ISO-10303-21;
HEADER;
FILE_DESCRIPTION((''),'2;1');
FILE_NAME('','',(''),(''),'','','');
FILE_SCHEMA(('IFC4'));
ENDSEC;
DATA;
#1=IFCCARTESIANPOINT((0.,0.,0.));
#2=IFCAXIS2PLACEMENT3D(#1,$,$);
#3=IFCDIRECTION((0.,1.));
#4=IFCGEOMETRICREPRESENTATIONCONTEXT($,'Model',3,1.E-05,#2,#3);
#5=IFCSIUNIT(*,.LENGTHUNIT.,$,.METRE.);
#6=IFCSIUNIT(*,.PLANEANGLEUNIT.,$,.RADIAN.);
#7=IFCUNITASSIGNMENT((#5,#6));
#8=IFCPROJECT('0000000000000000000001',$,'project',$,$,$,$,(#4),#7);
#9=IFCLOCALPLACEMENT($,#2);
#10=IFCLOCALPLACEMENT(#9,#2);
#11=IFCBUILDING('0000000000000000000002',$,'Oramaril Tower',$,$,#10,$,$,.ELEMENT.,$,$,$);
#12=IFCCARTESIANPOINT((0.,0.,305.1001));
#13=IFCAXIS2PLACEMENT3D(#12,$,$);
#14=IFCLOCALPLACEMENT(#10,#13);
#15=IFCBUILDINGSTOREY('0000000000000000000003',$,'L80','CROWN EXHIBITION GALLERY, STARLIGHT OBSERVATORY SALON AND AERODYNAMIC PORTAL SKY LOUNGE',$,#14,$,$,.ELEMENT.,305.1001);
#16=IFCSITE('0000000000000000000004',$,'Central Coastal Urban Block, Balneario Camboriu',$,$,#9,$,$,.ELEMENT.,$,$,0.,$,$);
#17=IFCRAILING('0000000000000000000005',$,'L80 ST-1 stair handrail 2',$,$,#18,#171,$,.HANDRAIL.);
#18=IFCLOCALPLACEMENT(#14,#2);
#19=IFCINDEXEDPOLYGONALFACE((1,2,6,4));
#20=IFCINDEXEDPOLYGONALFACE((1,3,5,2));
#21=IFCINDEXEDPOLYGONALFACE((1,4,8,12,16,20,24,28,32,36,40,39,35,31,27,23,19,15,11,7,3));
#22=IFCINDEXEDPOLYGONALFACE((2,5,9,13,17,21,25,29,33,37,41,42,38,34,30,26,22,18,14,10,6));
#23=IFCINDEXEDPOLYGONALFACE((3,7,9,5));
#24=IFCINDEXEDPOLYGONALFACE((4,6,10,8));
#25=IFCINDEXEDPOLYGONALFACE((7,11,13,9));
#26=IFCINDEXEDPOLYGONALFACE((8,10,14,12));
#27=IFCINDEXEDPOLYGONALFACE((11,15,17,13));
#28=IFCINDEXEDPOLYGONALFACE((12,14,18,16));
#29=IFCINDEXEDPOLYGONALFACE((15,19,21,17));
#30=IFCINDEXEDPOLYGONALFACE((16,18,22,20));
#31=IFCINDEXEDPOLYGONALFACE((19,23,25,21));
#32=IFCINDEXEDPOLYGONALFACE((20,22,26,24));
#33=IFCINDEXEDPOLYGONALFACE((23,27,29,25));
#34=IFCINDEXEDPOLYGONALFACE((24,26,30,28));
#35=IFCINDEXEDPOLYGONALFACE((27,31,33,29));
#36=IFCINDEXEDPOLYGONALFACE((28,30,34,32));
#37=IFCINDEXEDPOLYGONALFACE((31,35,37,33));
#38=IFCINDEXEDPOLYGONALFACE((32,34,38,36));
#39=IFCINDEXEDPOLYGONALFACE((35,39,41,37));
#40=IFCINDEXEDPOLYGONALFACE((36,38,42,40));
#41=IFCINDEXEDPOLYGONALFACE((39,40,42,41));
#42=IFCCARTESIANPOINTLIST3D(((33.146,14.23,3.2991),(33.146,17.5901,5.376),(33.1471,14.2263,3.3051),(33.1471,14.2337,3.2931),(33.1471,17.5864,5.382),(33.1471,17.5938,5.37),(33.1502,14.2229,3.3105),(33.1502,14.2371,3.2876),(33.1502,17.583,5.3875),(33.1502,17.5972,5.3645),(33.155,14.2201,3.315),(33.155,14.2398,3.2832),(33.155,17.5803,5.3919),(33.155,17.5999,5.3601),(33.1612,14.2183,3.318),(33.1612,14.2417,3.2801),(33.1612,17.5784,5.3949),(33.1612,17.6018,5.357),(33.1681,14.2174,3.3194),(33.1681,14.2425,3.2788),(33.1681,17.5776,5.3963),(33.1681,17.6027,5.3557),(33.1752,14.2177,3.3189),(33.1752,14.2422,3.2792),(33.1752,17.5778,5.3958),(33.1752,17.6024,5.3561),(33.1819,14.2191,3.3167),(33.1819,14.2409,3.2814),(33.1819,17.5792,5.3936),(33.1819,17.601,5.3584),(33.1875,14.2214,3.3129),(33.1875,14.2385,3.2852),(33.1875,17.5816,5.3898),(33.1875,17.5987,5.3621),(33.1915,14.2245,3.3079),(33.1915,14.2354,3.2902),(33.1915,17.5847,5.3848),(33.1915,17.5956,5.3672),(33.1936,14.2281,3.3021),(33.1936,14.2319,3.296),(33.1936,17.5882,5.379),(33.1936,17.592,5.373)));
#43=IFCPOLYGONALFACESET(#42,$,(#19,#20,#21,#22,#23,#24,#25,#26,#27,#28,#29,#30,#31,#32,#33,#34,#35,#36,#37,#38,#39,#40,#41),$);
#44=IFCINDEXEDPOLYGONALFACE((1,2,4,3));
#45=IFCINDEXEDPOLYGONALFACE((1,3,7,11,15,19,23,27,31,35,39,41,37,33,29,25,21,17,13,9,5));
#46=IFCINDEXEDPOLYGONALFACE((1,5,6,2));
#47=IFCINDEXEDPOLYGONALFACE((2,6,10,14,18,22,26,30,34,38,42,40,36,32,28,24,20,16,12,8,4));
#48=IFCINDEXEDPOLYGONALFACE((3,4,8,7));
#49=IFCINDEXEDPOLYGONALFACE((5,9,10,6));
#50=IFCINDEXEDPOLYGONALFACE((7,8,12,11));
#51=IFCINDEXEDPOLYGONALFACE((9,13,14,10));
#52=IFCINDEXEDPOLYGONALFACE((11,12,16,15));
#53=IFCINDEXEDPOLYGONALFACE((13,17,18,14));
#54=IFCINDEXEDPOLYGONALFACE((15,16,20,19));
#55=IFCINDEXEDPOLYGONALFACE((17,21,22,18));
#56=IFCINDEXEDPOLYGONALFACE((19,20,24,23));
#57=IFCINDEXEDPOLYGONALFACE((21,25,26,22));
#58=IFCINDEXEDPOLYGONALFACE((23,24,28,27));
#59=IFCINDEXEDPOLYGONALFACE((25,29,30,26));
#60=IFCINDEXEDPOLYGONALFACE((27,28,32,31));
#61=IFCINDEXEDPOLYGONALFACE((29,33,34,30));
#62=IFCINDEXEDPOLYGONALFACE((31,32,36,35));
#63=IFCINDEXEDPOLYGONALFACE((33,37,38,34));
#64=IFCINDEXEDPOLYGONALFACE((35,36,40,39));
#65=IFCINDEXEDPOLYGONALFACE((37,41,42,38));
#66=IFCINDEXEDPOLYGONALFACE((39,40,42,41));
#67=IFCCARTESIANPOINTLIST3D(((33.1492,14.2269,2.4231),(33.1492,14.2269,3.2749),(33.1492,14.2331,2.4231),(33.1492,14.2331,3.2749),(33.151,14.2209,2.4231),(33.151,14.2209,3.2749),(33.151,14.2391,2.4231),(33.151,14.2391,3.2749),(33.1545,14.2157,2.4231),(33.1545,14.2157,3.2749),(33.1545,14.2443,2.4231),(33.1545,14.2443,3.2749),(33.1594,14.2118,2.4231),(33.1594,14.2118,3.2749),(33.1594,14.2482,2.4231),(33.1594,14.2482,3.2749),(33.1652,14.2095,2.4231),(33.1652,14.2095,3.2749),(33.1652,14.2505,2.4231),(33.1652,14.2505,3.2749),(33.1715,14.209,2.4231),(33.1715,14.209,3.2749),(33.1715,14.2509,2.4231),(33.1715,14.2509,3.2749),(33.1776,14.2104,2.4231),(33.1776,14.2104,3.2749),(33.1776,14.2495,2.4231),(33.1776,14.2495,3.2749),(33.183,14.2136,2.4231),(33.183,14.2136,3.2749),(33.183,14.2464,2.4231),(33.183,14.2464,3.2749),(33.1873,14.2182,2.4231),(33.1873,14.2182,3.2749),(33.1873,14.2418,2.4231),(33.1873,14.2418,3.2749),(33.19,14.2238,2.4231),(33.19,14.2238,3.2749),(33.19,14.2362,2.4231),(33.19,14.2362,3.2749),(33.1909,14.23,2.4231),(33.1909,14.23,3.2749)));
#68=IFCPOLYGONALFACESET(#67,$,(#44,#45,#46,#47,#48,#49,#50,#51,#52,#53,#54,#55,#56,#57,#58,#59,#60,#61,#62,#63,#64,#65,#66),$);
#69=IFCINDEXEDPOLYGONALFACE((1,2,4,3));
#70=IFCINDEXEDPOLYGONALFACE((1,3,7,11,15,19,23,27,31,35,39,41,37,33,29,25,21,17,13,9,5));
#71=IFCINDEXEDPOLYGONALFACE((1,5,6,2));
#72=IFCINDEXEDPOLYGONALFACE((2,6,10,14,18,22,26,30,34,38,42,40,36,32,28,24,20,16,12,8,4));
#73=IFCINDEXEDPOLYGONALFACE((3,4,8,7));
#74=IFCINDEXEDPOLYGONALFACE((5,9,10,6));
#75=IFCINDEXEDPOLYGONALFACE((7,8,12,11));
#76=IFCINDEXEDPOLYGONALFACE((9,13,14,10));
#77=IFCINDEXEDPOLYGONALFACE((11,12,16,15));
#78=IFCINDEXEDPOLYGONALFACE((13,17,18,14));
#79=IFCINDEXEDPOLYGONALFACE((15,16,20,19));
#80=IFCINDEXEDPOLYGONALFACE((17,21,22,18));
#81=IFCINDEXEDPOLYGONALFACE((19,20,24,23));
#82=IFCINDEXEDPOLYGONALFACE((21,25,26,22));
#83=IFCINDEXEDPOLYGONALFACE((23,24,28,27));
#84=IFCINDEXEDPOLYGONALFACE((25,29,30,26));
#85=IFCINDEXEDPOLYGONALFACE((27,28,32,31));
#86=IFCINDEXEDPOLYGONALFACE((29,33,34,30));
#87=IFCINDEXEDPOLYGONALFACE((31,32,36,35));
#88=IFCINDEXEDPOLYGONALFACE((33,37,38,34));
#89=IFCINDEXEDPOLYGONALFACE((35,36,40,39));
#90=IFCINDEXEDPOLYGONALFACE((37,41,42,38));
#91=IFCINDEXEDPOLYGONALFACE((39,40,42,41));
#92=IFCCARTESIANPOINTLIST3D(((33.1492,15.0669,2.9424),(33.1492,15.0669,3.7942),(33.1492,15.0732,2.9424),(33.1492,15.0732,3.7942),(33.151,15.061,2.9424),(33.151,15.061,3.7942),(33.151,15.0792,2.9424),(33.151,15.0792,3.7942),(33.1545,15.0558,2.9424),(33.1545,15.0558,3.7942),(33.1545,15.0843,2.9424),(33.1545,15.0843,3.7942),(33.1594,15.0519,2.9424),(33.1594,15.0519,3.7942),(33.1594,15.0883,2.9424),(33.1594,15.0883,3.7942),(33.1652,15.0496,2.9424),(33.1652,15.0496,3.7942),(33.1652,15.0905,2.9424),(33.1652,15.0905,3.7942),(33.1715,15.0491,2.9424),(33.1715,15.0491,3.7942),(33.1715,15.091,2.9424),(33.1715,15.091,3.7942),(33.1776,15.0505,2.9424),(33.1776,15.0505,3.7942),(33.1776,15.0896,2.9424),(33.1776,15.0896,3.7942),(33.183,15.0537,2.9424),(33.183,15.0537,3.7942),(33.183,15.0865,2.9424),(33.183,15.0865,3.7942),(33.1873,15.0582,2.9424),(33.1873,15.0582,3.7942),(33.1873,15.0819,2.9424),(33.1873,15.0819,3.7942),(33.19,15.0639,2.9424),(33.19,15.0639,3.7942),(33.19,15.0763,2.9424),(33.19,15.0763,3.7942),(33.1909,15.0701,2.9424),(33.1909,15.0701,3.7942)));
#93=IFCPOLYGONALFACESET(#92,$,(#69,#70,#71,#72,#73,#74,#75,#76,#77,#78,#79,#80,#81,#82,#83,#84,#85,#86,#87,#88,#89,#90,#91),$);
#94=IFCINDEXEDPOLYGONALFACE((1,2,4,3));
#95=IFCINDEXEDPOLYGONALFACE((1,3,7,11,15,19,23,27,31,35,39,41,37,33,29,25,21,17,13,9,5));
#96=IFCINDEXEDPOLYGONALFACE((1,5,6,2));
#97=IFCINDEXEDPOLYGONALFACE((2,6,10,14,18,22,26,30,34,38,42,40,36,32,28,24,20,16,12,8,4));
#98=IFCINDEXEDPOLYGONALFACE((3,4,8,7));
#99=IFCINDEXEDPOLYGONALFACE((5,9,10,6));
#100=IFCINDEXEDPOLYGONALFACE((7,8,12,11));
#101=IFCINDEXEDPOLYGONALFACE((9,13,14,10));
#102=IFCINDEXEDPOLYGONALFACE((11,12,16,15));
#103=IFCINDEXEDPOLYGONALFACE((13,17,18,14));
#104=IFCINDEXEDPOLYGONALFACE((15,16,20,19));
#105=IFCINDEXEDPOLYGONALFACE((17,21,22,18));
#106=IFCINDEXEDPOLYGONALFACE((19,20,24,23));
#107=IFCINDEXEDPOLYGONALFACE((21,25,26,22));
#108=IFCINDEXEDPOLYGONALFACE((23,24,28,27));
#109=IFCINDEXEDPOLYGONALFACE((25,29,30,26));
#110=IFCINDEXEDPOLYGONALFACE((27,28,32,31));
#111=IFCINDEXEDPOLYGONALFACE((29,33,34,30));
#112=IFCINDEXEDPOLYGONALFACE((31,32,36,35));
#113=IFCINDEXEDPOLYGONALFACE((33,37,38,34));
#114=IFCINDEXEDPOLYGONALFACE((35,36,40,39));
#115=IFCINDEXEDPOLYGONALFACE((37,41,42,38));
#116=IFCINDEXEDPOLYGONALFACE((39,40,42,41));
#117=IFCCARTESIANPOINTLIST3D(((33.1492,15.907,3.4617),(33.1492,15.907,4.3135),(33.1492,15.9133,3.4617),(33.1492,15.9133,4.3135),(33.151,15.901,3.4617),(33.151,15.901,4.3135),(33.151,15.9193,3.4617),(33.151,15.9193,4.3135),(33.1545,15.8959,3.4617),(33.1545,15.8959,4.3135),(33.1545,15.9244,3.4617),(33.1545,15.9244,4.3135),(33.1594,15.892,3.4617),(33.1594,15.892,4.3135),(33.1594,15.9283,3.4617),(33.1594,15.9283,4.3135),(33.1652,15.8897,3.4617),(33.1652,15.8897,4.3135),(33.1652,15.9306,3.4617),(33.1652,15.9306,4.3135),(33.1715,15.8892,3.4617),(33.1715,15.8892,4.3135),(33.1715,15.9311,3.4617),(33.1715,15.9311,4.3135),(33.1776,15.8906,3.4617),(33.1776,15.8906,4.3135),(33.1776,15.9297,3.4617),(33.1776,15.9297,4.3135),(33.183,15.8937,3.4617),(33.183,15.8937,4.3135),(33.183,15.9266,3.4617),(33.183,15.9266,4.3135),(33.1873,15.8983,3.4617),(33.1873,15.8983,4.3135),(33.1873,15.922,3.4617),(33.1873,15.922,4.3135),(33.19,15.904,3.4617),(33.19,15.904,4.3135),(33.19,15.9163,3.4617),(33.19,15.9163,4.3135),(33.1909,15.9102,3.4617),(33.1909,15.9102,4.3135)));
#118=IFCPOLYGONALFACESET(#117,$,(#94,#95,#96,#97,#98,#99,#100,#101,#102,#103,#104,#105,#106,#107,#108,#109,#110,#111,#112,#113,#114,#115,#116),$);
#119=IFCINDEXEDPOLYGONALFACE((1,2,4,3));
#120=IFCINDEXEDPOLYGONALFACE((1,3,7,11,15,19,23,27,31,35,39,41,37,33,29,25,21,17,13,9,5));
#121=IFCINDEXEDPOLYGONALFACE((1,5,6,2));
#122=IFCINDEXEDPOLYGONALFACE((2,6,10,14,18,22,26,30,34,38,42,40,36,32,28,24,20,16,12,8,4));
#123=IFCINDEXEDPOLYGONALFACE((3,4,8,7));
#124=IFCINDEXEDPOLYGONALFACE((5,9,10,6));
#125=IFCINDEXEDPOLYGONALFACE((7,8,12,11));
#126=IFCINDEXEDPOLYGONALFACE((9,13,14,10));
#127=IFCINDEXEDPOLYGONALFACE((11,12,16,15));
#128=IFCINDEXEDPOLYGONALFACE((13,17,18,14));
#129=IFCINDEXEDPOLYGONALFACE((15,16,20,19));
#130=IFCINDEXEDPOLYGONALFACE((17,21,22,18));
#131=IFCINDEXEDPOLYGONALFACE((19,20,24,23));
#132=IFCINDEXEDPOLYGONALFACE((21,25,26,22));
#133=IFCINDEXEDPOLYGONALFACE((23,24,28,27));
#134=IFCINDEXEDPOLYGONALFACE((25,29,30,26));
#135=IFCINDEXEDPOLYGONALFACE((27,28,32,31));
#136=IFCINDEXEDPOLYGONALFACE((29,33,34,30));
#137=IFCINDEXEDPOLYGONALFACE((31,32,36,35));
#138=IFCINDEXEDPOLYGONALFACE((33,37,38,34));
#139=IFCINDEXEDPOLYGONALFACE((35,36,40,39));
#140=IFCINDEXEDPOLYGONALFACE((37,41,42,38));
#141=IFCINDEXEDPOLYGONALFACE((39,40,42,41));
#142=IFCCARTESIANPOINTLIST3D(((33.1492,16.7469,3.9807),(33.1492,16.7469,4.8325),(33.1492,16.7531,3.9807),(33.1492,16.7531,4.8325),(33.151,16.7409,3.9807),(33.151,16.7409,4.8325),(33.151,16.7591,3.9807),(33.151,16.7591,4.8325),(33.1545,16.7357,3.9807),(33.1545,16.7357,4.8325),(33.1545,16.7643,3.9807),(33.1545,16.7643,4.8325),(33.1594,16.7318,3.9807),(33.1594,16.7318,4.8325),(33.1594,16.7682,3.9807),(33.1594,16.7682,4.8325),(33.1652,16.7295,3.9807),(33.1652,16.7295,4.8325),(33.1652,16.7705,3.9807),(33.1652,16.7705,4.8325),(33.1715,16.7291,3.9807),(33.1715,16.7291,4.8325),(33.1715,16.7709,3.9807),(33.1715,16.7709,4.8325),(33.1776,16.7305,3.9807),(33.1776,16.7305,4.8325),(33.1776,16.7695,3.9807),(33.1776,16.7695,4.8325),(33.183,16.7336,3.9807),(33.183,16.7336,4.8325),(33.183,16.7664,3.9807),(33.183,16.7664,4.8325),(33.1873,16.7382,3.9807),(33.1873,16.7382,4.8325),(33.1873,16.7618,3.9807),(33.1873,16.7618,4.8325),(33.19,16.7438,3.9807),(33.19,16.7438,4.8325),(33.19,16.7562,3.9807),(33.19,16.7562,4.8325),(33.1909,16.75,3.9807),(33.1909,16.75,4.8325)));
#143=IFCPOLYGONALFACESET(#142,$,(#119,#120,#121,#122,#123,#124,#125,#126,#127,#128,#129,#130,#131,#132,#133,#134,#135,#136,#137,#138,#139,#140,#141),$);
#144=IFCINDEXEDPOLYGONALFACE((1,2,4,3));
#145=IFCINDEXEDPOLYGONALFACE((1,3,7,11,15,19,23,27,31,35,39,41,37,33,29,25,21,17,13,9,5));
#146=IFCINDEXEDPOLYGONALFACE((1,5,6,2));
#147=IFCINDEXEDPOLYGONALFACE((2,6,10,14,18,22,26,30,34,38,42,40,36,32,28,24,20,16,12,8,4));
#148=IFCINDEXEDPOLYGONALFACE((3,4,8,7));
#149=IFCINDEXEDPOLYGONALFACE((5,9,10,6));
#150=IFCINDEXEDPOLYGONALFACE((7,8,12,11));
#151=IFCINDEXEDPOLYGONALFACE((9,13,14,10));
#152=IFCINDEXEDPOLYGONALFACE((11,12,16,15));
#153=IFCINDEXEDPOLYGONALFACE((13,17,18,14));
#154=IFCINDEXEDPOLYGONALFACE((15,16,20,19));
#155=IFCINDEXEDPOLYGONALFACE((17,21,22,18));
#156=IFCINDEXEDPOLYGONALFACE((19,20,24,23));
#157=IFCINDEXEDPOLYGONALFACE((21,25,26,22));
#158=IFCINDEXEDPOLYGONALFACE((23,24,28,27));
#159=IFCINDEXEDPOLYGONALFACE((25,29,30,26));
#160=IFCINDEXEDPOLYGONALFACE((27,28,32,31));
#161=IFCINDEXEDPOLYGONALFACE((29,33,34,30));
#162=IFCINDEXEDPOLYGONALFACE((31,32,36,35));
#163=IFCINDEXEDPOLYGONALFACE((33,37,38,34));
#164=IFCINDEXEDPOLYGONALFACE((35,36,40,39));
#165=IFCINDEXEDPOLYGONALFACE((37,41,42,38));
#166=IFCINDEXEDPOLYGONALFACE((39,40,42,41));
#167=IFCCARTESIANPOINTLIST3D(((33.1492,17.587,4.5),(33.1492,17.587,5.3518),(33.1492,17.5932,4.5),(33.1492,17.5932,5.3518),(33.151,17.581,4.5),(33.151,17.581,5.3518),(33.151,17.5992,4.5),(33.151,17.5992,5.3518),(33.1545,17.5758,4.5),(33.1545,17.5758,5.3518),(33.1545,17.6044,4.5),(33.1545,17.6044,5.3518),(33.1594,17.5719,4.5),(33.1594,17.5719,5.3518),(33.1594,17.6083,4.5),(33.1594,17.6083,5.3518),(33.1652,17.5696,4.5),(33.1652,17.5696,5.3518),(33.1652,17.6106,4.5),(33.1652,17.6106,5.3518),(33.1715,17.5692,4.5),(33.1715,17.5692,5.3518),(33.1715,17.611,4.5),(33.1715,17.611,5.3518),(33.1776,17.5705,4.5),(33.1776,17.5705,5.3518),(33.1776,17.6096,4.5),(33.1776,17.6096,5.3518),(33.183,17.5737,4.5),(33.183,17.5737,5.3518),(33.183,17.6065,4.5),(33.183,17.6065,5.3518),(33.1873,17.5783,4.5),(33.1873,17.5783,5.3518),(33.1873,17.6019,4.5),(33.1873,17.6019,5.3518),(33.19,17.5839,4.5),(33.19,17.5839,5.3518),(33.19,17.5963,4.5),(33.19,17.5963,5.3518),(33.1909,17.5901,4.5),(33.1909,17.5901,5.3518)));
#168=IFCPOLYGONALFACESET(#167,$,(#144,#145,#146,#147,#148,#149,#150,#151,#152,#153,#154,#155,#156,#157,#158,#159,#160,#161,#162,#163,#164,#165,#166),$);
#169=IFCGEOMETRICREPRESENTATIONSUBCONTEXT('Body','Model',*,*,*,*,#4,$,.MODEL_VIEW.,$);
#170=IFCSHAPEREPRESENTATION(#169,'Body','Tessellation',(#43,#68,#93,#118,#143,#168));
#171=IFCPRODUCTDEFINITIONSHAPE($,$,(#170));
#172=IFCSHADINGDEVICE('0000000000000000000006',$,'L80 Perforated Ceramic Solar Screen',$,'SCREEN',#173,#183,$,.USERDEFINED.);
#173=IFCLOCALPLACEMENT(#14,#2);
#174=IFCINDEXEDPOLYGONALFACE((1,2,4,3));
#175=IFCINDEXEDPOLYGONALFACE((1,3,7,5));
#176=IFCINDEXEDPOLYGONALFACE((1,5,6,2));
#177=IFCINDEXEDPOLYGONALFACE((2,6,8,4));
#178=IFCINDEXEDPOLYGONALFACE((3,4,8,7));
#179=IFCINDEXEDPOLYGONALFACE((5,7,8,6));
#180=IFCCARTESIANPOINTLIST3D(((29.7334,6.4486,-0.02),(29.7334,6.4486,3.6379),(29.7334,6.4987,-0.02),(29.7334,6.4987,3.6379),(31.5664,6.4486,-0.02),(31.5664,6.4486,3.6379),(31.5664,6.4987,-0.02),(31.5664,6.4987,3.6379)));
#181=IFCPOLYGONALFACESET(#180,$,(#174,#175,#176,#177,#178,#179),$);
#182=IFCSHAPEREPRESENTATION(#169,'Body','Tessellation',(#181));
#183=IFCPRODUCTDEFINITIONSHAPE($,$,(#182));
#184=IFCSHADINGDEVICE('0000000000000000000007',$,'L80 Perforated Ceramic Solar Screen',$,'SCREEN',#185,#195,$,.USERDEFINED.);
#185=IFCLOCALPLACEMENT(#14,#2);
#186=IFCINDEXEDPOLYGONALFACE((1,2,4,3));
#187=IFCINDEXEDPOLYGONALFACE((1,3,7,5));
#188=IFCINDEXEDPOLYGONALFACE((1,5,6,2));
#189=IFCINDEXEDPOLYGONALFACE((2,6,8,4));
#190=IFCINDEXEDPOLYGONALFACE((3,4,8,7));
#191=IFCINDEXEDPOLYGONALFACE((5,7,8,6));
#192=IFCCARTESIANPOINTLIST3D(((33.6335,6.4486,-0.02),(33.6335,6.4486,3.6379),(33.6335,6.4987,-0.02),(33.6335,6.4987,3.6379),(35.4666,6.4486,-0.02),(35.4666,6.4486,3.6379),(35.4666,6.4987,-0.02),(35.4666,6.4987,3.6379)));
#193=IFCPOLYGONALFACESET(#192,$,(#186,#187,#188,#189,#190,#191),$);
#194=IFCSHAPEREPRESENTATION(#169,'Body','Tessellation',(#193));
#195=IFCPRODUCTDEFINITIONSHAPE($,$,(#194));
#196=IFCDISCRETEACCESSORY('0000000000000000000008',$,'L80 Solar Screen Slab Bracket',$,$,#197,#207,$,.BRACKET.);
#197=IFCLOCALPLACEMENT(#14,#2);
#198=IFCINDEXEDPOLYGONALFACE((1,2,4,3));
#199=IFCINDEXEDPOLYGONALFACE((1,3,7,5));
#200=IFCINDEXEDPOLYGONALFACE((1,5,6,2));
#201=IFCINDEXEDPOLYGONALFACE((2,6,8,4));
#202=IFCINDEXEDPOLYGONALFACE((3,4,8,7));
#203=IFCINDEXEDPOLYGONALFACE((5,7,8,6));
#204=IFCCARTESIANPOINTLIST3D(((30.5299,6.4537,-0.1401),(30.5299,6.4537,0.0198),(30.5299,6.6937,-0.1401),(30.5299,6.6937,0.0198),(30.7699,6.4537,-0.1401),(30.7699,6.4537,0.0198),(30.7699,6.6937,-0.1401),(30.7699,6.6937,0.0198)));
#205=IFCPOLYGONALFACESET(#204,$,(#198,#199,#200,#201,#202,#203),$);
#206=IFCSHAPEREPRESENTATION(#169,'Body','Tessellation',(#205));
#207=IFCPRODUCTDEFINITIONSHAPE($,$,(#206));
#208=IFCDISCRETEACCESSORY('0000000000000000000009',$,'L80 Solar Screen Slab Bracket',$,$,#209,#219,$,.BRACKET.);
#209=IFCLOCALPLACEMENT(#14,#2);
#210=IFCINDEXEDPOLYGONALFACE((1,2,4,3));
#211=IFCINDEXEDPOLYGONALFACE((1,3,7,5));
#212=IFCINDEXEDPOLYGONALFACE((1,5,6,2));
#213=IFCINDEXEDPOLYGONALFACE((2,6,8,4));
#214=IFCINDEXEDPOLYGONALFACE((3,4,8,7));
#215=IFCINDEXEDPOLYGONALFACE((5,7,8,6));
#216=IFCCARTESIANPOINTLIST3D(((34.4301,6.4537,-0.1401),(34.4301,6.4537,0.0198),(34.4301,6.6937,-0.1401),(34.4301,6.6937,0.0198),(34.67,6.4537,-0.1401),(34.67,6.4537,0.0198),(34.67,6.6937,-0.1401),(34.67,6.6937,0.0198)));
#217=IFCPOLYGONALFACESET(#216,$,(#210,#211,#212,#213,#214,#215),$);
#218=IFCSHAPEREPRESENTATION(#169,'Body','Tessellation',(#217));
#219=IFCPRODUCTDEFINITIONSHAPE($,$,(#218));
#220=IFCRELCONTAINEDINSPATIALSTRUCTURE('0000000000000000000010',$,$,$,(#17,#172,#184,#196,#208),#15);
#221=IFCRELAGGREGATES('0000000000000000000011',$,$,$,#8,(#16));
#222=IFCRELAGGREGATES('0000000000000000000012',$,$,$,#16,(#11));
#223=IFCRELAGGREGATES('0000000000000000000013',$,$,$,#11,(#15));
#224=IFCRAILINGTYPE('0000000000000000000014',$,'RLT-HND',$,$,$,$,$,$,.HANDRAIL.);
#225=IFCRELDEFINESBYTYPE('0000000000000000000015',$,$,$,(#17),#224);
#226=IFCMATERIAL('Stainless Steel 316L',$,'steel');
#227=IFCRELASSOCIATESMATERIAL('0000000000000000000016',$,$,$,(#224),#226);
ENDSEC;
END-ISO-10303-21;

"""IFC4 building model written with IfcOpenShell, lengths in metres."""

from ifc_helpers import new_model, si_unit, direction, frame, origin, origin_2d, place, context, subcontext, project, spatial, rectangle, circle, extrude, material, type_object, element, save


model = new_model("IFC4")

# Units and contexts
model_context = context("Model", 3, precision=1e-05, world=origin(), true_north=direction((0.0, 1.0)))
body_context = subcontext(model_context, "Body", "Model", "MODEL_VIEW")
ifc_project = project(units=[si_unit("LENGTHUNIT", "METRE"), si_unit("PLANEANGLEUNIT", "RADIAN")], contexts=[model_context])

# Site, building, storey
site_placement = place(None, origin())
site = spatial("IfcSite", under=ifc_project, at=site_placement, Name="Central Coastal Urban Block, Balneario Camboriu", CompositionType="ELEMENT", RefElevation=0.0)
building_placement = place(site_placement, origin())
building = spatial("IfcBuilding", under=site, at=building_placement, Name="Oramaril Tower", CompositionType="ELEMENT")
storey_placement = place(building_placement, frame((0.0, 0.0, 305.1001)))
storey = spatial("IfcBuildingStorey", under=building, at=storey_placement, Name="L80", Description="CROWN EXHIBITION GALLERY, STARLIGHT OBSERVATORY SALON AND AERODYNAMIC PORTAL SKY LOUNGE", CompositionType="ELEMENT", Elevation=305.1001)

# Railing
ifc_material_1 = material(Name="Stainless Steel 316L", Category="steel")
railing_type_1 = type_object("IfcRailingType", Name="RLT-HND", PredefinedType="HANDRAIL", material=ifc_material_1)
railing_1_placement = place(storey_placement, frame((33.1699, 14.23, 2.4231)))
element("IfcRailing", 1, at=railing_1_placement, inside=storey, type_object=railing_type_1, Name="L80 ST-1 stair handrail 2", PredefinedType="HANDRAIL", context=body_context, shape_type="SweptSolid", body=[
    extrude(circle(Radius=0.0239, at=origin_2d()), frame((0.0, 0.0, 0.876), z_axis=(0.0, 0.850623, 0.525776), x_axis=(-1.0, 0.0, 0.0)), (0.0, 0.0, 1.0), 3.9502),
    extrude(circle(Radius=0.021, at=origin_2d()), origin(), (0.0, 0.0, 1.0), 0.8518),
    extrude(circle(Radius=0.021, at=origin_2d()), frame((0.0, 0.8401, 0.5193)), (0.0, 0.0, 1.0), 0.8518),
    extrude(circle(Radius=0.021, at=origin_2d()), frame((0.0, 1.6802, 1.0386)), (0.0, 0.0, 1.0), 0.8518),
    extrude(circle(Radius=0.021, at=origin_2d()), frame((0.0, 2.52, 1.5576)), (0.0, 0.0, 1.0), 0.8518),
    extrude(circle(Radius=0.021, at=origin_2d()), frame((0.0, 3.3601, 2.0769)), (0.0, 0.0, 1.0), 0.8518),
])

# Shading devices
for number, where, z_axis, x_axis, name in (
    (2, (30.6499, 6.4736, -0.02), (0.0, 0.0, 1.0), (1.0, 0.0, 0.0), "L80 Perforated Ceramic Solar Screen"),
    (3, (34.55, 6.4736, -0.02), (0.0, 0.0, 1.0), (1.0, 0.0, 0.0), "L80 Perforated Ceramic Solar Screen"),
):
    element("IfcShadingDevice", number, at=place(storey_placement, frame(where, z_axis=z_axis, x_axis=x_axis)), inside=storey, Name=name, ObjectType="SCREEN", PredefinedType="USERDEFINED", context=body_context, shape_type="SweptSolid", body=[
        extrude(rectangle(XDim=1.833, YDim=0.05, at=origin_2d()), origin(), (0.0, 0.0, 1.0), 3.658),
    ])

# Discrete accessories
for number, where, z_axis, x_axis, name in (
    (4, (30.6499, 6.5737, -0.1401), (0.0, 0.0, 1.0), (1.0, 0.0, 0.0), "L80 Solar Screen Slab Bracket"),
    (5, (34.55, 6.5737, -0.1401), (0.0, 0.0, 1.0), (1.0, 0.0, 0.0), "L80 Solar Screen Slab Bracket"),
):
    element("IfcDiscreteAccessory", number, at=place(storey_placement, frame(where, z_axis=z_axis, x_axis=x_axis)), inside=storey, Name=name, PredefinedType="BRACKET", context=body_context, shape_type="SweptSolid", body=[
        extrude(rectangle(XDim=0.24, YDim=0.24, at=origin_2d()), origin(), (0.0, 0.0, 1.0), 0.1599),
    ])

save(model, "model.ifc")
